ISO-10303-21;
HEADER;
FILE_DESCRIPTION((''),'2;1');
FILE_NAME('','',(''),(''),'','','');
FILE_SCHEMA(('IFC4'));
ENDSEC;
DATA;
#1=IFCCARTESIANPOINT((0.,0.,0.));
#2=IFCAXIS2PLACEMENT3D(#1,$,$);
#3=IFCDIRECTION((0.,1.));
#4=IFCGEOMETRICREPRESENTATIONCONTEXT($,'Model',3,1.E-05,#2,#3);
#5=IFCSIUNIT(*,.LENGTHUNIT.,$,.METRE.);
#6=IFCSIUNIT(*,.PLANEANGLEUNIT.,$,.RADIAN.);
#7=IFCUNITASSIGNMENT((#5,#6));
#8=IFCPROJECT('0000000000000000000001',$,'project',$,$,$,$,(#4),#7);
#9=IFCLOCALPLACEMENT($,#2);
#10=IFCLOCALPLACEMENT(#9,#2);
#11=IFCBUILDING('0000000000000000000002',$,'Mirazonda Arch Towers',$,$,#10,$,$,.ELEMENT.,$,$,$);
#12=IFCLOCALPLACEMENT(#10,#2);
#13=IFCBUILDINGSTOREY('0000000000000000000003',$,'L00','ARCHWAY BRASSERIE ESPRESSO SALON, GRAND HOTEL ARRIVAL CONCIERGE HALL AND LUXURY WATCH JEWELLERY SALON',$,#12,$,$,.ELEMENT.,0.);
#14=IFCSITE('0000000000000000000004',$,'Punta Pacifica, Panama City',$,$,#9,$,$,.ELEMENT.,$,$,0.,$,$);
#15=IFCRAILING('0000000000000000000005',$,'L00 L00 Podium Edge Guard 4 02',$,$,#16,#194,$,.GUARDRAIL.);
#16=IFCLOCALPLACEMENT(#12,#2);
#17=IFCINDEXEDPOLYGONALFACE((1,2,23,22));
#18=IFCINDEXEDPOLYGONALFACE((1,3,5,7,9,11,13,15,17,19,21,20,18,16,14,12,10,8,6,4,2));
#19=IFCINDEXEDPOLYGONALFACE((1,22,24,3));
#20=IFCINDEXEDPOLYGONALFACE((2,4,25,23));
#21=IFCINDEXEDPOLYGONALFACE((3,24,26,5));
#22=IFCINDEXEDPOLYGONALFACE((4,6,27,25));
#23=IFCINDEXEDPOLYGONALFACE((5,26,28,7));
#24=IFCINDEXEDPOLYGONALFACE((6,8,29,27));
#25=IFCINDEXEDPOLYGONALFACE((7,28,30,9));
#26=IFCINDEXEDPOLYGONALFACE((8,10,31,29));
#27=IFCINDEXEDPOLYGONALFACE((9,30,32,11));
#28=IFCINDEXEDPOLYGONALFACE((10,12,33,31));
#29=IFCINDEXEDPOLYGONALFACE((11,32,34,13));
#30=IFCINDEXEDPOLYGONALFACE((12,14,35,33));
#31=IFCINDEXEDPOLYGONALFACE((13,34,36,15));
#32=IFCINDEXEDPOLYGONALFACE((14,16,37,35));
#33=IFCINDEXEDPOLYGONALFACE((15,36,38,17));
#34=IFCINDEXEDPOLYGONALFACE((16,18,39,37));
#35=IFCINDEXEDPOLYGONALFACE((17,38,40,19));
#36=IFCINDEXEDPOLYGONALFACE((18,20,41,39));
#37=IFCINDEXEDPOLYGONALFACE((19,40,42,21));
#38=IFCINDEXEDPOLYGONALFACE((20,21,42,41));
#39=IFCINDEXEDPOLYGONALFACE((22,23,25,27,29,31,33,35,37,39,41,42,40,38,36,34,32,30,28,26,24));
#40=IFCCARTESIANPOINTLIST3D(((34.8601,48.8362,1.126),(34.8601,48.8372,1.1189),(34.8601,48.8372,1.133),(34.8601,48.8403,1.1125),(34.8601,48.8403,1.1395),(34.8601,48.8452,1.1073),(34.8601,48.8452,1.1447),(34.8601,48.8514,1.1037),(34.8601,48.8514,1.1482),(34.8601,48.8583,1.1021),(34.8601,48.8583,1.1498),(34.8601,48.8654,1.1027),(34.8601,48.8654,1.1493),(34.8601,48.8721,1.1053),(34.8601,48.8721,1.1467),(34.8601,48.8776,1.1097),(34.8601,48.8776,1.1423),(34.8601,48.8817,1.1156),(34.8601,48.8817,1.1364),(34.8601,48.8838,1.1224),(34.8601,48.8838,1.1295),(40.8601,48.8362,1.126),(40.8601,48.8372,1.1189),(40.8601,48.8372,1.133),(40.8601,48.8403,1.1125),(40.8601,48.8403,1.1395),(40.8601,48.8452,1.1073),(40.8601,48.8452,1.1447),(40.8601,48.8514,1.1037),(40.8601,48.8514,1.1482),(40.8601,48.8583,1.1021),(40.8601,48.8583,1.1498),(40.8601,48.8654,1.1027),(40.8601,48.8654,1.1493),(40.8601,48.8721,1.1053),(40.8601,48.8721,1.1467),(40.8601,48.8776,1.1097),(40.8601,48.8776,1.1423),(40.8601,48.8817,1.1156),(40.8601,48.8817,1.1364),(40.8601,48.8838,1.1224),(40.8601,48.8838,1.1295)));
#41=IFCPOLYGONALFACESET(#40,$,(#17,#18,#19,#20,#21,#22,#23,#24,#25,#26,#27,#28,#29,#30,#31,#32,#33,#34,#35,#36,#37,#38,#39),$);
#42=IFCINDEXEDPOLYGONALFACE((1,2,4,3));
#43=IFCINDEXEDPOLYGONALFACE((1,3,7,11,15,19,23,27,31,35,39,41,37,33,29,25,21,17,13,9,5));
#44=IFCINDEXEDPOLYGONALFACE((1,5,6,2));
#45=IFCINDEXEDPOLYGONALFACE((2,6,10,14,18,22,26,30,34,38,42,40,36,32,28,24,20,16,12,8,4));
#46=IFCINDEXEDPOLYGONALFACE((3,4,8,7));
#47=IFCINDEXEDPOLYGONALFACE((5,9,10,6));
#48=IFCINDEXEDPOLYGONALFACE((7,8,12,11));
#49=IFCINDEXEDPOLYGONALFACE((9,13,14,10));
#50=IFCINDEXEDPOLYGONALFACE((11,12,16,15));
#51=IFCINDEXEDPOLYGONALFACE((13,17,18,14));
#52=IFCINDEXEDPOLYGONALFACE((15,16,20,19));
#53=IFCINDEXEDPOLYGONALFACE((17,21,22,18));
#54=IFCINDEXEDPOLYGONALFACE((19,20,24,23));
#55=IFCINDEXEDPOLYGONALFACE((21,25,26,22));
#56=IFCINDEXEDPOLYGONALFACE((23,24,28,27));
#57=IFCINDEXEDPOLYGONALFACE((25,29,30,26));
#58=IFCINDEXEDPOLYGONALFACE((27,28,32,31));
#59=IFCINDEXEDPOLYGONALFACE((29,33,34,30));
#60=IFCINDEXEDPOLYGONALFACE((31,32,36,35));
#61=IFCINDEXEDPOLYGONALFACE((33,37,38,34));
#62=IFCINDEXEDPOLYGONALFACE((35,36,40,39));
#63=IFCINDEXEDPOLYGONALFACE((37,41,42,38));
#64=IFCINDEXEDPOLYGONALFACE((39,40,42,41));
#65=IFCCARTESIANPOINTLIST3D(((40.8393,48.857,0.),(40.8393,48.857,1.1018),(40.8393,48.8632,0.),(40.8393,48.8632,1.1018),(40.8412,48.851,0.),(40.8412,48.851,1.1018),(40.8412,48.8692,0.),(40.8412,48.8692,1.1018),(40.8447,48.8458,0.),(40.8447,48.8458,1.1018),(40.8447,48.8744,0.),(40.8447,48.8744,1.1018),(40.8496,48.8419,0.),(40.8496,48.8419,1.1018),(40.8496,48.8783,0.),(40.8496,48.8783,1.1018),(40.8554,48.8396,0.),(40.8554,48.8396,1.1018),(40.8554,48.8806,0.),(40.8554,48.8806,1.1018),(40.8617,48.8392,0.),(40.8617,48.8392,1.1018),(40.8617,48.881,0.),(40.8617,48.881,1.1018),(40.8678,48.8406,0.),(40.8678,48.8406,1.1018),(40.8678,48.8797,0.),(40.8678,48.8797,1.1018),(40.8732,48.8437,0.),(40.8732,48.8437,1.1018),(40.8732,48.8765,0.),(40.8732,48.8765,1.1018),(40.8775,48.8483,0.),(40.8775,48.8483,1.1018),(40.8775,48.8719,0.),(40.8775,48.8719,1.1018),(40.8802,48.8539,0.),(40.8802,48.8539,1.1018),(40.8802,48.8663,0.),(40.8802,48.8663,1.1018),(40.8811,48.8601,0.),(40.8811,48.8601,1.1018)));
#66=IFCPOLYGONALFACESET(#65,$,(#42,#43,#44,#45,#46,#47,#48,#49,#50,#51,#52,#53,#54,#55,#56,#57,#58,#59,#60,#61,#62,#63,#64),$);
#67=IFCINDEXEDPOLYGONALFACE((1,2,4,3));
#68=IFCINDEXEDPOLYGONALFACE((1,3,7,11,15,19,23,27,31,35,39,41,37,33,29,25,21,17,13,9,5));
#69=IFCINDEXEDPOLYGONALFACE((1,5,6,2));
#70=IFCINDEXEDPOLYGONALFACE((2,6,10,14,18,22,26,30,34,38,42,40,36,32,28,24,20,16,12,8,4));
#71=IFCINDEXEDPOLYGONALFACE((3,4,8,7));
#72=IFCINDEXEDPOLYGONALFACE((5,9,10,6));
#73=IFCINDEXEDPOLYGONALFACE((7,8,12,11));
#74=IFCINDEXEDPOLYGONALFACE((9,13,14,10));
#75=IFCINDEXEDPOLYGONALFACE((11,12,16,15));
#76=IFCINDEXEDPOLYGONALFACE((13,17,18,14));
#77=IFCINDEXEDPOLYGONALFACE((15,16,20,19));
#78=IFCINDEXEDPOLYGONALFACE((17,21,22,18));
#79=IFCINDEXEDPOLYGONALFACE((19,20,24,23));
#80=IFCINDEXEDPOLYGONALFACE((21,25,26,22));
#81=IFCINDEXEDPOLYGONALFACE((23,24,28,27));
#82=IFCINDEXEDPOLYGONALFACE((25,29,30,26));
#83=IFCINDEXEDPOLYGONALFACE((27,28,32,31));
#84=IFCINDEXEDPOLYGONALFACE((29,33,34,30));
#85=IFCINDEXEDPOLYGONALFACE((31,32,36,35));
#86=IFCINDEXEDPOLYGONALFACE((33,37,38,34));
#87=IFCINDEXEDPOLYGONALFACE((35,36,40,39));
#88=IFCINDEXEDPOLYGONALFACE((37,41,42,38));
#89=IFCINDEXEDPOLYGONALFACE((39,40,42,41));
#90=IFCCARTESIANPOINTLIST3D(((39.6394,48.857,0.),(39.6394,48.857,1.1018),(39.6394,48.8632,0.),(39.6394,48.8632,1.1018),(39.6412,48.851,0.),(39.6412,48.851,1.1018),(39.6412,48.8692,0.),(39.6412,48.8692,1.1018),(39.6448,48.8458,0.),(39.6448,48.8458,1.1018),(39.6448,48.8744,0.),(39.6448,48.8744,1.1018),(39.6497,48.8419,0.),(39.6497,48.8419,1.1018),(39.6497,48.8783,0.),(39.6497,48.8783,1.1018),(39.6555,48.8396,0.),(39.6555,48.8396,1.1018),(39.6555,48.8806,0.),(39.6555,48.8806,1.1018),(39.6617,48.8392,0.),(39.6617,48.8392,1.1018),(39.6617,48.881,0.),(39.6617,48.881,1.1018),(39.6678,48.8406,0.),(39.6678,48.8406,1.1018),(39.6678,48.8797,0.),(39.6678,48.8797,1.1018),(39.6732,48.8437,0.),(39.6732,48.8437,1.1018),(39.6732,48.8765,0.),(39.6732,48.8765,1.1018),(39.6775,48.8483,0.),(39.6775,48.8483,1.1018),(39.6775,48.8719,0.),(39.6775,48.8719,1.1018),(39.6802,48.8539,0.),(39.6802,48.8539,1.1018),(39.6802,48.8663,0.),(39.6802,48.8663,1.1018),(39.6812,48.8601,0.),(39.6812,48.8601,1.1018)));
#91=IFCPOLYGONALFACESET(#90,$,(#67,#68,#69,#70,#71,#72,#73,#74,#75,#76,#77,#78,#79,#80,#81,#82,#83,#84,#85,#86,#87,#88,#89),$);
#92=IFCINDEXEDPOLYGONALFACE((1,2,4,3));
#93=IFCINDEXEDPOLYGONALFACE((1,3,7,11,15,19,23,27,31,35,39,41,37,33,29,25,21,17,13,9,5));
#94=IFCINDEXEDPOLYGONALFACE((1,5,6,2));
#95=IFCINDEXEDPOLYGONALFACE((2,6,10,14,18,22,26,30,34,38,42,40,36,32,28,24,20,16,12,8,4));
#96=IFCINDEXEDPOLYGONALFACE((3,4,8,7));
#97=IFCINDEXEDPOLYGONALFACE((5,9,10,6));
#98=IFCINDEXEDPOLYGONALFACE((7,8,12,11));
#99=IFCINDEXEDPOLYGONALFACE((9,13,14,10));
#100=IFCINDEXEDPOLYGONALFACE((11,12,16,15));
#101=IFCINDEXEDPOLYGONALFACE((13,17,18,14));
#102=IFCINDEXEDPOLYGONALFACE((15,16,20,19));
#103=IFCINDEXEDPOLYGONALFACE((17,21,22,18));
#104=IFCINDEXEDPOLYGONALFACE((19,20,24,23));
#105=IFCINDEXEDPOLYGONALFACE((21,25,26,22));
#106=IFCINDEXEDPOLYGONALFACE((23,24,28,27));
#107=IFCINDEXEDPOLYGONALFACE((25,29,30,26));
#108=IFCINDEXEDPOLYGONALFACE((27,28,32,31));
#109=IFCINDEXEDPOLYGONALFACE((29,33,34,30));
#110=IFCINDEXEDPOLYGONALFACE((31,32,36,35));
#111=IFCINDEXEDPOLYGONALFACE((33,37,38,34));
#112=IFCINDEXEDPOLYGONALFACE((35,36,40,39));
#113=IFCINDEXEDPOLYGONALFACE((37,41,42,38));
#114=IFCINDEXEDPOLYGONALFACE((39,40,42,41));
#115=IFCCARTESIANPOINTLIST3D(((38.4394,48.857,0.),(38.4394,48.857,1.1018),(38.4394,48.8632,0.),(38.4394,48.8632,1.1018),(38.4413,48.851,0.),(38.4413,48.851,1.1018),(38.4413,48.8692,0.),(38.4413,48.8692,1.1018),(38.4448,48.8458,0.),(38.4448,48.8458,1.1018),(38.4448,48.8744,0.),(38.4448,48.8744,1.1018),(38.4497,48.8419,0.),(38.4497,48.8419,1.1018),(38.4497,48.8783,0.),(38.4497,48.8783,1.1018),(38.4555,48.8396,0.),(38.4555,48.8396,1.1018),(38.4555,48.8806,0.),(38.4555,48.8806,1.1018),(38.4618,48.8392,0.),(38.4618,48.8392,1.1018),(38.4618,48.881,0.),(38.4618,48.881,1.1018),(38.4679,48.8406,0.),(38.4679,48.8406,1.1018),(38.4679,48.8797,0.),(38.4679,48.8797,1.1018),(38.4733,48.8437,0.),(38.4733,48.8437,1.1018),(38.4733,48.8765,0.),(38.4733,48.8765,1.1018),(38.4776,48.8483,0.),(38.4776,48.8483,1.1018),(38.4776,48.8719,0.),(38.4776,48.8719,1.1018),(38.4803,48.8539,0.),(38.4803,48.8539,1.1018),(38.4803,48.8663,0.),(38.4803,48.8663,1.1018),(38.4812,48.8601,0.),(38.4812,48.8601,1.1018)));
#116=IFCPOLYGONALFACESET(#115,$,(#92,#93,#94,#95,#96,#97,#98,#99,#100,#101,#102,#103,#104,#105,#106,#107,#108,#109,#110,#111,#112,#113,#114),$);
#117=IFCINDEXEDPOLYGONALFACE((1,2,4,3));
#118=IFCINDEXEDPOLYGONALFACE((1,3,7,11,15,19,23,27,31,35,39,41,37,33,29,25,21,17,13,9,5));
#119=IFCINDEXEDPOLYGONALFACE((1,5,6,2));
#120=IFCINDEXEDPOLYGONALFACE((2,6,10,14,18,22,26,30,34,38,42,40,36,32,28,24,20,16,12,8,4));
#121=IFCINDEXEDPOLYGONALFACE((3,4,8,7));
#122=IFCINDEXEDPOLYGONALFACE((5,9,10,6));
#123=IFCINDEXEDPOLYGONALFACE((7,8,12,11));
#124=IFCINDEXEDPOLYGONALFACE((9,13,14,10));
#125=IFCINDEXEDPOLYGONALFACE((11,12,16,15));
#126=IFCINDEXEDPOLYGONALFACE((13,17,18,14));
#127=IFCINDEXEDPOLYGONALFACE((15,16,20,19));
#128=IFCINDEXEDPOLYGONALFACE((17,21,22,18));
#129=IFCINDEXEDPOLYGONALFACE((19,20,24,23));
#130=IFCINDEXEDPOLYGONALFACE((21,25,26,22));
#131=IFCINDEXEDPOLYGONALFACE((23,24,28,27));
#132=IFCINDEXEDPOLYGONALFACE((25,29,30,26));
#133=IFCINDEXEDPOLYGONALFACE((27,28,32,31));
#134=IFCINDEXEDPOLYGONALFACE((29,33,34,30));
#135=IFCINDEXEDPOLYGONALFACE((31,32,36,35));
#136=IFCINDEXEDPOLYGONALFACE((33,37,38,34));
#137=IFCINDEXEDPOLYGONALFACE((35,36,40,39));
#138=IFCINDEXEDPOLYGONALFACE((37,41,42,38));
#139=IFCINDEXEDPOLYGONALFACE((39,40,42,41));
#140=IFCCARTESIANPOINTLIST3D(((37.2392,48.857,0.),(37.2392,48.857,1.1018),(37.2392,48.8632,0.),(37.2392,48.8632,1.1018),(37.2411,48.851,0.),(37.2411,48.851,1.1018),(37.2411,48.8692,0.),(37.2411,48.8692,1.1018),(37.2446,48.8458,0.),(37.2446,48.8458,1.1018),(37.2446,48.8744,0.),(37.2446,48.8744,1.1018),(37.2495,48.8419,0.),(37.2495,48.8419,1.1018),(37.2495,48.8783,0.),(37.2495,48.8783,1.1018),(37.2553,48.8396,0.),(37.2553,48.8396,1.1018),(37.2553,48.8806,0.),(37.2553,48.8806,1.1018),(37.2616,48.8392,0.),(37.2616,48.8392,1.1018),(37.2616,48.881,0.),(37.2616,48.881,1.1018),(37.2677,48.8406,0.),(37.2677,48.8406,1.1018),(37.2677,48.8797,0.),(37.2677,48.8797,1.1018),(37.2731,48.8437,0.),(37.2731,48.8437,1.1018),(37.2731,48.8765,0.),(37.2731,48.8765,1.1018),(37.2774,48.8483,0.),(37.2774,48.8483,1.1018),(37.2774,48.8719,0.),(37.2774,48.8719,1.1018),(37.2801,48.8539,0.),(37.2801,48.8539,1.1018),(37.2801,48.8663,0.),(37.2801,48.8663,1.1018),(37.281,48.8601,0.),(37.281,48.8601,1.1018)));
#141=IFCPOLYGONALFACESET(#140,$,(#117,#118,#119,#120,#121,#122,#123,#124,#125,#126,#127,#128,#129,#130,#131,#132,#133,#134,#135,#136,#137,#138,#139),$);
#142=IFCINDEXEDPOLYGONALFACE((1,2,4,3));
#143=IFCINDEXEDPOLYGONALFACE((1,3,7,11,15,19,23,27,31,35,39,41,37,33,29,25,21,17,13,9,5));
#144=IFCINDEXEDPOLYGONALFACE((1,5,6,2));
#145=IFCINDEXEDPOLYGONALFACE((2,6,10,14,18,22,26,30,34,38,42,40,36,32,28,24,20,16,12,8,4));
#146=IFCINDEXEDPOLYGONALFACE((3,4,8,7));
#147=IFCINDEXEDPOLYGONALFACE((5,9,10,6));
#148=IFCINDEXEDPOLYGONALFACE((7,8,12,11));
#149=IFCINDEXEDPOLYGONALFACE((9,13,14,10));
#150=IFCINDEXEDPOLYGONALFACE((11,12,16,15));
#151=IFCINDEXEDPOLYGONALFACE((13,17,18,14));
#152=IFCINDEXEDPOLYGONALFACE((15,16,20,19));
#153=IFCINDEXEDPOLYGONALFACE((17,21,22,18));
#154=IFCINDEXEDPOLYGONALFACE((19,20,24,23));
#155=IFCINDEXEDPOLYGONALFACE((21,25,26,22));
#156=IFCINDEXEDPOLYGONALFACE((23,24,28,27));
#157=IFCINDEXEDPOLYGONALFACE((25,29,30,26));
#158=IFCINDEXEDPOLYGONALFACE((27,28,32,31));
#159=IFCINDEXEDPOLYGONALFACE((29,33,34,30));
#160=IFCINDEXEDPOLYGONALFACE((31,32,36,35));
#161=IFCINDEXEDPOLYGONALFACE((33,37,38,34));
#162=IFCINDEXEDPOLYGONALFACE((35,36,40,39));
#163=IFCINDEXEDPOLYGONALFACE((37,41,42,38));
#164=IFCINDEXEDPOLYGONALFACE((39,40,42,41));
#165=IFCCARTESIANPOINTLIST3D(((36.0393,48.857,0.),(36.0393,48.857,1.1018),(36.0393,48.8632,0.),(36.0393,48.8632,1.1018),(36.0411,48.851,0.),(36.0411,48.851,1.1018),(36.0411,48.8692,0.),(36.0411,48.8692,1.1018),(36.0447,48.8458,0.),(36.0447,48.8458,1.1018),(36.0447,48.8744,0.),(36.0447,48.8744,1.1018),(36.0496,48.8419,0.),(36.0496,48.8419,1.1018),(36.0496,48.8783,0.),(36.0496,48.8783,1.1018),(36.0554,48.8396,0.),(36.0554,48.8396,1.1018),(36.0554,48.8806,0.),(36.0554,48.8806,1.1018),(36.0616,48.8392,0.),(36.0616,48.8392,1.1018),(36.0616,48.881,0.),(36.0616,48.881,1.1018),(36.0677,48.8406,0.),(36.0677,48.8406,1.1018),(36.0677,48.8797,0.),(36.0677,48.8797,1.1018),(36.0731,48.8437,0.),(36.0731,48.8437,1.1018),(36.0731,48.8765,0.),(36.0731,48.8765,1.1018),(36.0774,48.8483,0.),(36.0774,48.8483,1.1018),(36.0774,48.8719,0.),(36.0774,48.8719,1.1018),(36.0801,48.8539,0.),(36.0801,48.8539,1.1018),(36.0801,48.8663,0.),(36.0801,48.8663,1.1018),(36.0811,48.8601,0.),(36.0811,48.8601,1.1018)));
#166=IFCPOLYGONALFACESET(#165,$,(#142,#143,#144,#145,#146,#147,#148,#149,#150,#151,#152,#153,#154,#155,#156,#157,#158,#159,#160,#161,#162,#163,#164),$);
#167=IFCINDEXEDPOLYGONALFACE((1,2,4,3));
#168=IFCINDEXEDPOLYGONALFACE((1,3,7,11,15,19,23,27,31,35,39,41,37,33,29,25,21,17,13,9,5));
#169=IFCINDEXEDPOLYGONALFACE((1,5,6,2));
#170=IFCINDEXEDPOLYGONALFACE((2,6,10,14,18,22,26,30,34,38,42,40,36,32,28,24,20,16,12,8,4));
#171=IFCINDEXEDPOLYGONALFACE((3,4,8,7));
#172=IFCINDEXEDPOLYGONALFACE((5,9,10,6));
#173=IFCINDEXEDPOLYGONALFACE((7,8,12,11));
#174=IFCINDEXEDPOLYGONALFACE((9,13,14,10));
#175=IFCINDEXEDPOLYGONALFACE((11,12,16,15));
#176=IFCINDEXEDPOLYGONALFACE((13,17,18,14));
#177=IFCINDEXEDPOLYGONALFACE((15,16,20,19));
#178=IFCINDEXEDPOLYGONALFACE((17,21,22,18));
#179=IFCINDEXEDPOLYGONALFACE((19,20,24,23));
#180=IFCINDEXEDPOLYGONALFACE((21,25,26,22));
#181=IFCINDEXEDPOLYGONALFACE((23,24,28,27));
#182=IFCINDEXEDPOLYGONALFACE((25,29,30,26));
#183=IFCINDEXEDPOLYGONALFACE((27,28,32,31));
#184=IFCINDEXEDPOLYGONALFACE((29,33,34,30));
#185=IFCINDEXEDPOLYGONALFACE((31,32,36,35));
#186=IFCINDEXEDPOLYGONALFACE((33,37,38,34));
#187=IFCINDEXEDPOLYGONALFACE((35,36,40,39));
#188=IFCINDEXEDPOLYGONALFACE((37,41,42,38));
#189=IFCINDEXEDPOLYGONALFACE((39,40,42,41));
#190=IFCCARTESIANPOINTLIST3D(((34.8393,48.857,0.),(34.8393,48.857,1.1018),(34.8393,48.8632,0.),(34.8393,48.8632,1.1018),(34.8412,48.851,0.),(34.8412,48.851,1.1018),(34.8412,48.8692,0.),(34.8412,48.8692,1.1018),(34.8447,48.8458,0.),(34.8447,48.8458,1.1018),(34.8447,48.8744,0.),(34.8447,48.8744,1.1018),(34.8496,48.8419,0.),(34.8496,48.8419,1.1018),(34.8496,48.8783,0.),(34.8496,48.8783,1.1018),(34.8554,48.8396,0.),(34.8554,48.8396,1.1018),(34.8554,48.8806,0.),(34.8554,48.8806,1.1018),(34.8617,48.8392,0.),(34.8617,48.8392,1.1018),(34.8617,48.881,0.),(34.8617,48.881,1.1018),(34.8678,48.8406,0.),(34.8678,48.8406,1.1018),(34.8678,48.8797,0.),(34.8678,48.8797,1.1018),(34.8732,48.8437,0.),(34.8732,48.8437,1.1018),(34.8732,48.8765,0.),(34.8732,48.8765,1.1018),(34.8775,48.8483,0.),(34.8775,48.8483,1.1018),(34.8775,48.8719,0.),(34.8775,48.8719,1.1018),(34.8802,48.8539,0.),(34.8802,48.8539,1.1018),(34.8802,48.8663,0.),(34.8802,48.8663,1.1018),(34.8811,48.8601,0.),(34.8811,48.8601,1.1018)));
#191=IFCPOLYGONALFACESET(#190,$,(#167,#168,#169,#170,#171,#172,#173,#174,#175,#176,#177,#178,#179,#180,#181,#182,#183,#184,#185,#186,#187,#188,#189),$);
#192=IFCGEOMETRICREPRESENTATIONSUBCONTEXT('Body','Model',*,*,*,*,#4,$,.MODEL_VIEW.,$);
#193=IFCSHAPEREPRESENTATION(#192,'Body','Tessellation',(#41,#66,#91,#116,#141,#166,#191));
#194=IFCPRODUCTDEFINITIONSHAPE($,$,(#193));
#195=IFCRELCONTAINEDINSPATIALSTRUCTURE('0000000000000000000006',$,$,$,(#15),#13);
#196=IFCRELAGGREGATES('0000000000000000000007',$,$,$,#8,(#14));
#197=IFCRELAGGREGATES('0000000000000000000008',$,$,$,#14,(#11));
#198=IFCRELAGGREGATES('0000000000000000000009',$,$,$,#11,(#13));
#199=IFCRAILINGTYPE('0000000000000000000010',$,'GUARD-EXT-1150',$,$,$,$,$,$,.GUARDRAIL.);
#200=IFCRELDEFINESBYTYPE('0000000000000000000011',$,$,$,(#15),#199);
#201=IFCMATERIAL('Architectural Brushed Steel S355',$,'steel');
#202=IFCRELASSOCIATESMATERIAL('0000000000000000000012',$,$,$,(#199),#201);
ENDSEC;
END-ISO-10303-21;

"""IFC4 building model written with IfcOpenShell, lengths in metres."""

from ifc_helpers import new_model, si_unit, direction, frame, origin, origin_2d, place, context, subcontext, project, spatial, circle, extrude, material, type_object, element, save


model = new_model("IFC4")

# Units and contexts
model_context = context("Model", 3, precision=1e-05, world=origin(), true_north=direction((0.0, 1.0)))
body_context = subcontext(model_context, "Body", "Model", "MODEL_VIEW")
ifc_project = project(units=[si_unit("LENGTHUNIT", "METRE"), si_unit("PLANEANGLEUNIT", "RADIAN")], contexts=[model_context])

# Site, building, storey
site_placement = place(None, origin())
site = spatial("IfcSite", under=ifc_project, at=site_placement, Name="Punta Pacifica, Panama City", CompositionType="ELEMENT", RefElevation=0.0)
building_placement = place(site_placement, origin())
building = spatial("IfcBuilding", under=site, at=building_placement, Name="Mirazonda Arch Towers", CompositionType="ELEMENT")
storey_placement = place(building_placement, origin())
storey = spatial("IfcBuildingStorey", under=building, at=storey_placement, Name="L00", Description="ARCHWAY BRASSERIE ESPRESSO SALON, GRAND HOTEL ARRIVAL CONCIERGE HALL AND LUXURY WATCH JEWELLERY SALON", CompositionType="ELEMENT", Elevation=0.0)

# Railing
ifc_material_1 = material(Name="Architectural Brushed Steel S355", Category="steel")
railing_type_1 = type_object("IfcRailingType", Name="GUARD-EXT-1150", PredefinedType="GUARDRAIL", material=ifc_material_1)
railing_1_placement = place(storey_placement, frame((40.8601, 48.8601, 0.0)))
element("IfcRailing", 1, at=railing_1_placement, inside=storey, type_object=railing_type_1, Name="L00 L00 Podium Edge Guard 4 02", PredefinedType="GUARDRAIL", context=body_context, shape_type="SweptSolid", body=[
    extrude(circle(Radius=0.0239, at=origin_2d()), frame((0.0, 0.0, 1.126), z_axis=(-1.0, 0.0, 0.0), x_axis=(0.0, -1.0, 0.0)), (0.0, 0.0, 1.0), 6.0),
    extrude(circle(Radius=0.021, at=origin_2d()), origin(), (0.0, 0.0, 1.0), 1.1018),
    extrude(circle(Radius=0.021, at=origin_2d()), frame((-1.2, 0.0, 0.0)), (0.0, 0.0, 1.0), 1.1018),
    extrude(circle(Radius=0.021, at=origin_2d()), frame((-2.3999, 0.0, 0.0)), (0.0, 0.0, 1.0), 1.1018),
    extrude(circle(Radius=0.021, at=origin_2d()), frame((-3.6001, 0.0, 0.0)), (0.0, 0.0, 1.0), 1.1018),
    extrude(circle(Radius=0.021, at=origin_2d()), frame((-4.8, 0.0, 0.0)), (0.0, 0.0, 1.0), 1.1018),
    extrude(circle(Radius=0.021, at=origin_2d()), frame((-6.0, 0.0, 0.0)), (0.0, 0.0, 1.0), 1.1018),
])

save(model, "model.ifc")
